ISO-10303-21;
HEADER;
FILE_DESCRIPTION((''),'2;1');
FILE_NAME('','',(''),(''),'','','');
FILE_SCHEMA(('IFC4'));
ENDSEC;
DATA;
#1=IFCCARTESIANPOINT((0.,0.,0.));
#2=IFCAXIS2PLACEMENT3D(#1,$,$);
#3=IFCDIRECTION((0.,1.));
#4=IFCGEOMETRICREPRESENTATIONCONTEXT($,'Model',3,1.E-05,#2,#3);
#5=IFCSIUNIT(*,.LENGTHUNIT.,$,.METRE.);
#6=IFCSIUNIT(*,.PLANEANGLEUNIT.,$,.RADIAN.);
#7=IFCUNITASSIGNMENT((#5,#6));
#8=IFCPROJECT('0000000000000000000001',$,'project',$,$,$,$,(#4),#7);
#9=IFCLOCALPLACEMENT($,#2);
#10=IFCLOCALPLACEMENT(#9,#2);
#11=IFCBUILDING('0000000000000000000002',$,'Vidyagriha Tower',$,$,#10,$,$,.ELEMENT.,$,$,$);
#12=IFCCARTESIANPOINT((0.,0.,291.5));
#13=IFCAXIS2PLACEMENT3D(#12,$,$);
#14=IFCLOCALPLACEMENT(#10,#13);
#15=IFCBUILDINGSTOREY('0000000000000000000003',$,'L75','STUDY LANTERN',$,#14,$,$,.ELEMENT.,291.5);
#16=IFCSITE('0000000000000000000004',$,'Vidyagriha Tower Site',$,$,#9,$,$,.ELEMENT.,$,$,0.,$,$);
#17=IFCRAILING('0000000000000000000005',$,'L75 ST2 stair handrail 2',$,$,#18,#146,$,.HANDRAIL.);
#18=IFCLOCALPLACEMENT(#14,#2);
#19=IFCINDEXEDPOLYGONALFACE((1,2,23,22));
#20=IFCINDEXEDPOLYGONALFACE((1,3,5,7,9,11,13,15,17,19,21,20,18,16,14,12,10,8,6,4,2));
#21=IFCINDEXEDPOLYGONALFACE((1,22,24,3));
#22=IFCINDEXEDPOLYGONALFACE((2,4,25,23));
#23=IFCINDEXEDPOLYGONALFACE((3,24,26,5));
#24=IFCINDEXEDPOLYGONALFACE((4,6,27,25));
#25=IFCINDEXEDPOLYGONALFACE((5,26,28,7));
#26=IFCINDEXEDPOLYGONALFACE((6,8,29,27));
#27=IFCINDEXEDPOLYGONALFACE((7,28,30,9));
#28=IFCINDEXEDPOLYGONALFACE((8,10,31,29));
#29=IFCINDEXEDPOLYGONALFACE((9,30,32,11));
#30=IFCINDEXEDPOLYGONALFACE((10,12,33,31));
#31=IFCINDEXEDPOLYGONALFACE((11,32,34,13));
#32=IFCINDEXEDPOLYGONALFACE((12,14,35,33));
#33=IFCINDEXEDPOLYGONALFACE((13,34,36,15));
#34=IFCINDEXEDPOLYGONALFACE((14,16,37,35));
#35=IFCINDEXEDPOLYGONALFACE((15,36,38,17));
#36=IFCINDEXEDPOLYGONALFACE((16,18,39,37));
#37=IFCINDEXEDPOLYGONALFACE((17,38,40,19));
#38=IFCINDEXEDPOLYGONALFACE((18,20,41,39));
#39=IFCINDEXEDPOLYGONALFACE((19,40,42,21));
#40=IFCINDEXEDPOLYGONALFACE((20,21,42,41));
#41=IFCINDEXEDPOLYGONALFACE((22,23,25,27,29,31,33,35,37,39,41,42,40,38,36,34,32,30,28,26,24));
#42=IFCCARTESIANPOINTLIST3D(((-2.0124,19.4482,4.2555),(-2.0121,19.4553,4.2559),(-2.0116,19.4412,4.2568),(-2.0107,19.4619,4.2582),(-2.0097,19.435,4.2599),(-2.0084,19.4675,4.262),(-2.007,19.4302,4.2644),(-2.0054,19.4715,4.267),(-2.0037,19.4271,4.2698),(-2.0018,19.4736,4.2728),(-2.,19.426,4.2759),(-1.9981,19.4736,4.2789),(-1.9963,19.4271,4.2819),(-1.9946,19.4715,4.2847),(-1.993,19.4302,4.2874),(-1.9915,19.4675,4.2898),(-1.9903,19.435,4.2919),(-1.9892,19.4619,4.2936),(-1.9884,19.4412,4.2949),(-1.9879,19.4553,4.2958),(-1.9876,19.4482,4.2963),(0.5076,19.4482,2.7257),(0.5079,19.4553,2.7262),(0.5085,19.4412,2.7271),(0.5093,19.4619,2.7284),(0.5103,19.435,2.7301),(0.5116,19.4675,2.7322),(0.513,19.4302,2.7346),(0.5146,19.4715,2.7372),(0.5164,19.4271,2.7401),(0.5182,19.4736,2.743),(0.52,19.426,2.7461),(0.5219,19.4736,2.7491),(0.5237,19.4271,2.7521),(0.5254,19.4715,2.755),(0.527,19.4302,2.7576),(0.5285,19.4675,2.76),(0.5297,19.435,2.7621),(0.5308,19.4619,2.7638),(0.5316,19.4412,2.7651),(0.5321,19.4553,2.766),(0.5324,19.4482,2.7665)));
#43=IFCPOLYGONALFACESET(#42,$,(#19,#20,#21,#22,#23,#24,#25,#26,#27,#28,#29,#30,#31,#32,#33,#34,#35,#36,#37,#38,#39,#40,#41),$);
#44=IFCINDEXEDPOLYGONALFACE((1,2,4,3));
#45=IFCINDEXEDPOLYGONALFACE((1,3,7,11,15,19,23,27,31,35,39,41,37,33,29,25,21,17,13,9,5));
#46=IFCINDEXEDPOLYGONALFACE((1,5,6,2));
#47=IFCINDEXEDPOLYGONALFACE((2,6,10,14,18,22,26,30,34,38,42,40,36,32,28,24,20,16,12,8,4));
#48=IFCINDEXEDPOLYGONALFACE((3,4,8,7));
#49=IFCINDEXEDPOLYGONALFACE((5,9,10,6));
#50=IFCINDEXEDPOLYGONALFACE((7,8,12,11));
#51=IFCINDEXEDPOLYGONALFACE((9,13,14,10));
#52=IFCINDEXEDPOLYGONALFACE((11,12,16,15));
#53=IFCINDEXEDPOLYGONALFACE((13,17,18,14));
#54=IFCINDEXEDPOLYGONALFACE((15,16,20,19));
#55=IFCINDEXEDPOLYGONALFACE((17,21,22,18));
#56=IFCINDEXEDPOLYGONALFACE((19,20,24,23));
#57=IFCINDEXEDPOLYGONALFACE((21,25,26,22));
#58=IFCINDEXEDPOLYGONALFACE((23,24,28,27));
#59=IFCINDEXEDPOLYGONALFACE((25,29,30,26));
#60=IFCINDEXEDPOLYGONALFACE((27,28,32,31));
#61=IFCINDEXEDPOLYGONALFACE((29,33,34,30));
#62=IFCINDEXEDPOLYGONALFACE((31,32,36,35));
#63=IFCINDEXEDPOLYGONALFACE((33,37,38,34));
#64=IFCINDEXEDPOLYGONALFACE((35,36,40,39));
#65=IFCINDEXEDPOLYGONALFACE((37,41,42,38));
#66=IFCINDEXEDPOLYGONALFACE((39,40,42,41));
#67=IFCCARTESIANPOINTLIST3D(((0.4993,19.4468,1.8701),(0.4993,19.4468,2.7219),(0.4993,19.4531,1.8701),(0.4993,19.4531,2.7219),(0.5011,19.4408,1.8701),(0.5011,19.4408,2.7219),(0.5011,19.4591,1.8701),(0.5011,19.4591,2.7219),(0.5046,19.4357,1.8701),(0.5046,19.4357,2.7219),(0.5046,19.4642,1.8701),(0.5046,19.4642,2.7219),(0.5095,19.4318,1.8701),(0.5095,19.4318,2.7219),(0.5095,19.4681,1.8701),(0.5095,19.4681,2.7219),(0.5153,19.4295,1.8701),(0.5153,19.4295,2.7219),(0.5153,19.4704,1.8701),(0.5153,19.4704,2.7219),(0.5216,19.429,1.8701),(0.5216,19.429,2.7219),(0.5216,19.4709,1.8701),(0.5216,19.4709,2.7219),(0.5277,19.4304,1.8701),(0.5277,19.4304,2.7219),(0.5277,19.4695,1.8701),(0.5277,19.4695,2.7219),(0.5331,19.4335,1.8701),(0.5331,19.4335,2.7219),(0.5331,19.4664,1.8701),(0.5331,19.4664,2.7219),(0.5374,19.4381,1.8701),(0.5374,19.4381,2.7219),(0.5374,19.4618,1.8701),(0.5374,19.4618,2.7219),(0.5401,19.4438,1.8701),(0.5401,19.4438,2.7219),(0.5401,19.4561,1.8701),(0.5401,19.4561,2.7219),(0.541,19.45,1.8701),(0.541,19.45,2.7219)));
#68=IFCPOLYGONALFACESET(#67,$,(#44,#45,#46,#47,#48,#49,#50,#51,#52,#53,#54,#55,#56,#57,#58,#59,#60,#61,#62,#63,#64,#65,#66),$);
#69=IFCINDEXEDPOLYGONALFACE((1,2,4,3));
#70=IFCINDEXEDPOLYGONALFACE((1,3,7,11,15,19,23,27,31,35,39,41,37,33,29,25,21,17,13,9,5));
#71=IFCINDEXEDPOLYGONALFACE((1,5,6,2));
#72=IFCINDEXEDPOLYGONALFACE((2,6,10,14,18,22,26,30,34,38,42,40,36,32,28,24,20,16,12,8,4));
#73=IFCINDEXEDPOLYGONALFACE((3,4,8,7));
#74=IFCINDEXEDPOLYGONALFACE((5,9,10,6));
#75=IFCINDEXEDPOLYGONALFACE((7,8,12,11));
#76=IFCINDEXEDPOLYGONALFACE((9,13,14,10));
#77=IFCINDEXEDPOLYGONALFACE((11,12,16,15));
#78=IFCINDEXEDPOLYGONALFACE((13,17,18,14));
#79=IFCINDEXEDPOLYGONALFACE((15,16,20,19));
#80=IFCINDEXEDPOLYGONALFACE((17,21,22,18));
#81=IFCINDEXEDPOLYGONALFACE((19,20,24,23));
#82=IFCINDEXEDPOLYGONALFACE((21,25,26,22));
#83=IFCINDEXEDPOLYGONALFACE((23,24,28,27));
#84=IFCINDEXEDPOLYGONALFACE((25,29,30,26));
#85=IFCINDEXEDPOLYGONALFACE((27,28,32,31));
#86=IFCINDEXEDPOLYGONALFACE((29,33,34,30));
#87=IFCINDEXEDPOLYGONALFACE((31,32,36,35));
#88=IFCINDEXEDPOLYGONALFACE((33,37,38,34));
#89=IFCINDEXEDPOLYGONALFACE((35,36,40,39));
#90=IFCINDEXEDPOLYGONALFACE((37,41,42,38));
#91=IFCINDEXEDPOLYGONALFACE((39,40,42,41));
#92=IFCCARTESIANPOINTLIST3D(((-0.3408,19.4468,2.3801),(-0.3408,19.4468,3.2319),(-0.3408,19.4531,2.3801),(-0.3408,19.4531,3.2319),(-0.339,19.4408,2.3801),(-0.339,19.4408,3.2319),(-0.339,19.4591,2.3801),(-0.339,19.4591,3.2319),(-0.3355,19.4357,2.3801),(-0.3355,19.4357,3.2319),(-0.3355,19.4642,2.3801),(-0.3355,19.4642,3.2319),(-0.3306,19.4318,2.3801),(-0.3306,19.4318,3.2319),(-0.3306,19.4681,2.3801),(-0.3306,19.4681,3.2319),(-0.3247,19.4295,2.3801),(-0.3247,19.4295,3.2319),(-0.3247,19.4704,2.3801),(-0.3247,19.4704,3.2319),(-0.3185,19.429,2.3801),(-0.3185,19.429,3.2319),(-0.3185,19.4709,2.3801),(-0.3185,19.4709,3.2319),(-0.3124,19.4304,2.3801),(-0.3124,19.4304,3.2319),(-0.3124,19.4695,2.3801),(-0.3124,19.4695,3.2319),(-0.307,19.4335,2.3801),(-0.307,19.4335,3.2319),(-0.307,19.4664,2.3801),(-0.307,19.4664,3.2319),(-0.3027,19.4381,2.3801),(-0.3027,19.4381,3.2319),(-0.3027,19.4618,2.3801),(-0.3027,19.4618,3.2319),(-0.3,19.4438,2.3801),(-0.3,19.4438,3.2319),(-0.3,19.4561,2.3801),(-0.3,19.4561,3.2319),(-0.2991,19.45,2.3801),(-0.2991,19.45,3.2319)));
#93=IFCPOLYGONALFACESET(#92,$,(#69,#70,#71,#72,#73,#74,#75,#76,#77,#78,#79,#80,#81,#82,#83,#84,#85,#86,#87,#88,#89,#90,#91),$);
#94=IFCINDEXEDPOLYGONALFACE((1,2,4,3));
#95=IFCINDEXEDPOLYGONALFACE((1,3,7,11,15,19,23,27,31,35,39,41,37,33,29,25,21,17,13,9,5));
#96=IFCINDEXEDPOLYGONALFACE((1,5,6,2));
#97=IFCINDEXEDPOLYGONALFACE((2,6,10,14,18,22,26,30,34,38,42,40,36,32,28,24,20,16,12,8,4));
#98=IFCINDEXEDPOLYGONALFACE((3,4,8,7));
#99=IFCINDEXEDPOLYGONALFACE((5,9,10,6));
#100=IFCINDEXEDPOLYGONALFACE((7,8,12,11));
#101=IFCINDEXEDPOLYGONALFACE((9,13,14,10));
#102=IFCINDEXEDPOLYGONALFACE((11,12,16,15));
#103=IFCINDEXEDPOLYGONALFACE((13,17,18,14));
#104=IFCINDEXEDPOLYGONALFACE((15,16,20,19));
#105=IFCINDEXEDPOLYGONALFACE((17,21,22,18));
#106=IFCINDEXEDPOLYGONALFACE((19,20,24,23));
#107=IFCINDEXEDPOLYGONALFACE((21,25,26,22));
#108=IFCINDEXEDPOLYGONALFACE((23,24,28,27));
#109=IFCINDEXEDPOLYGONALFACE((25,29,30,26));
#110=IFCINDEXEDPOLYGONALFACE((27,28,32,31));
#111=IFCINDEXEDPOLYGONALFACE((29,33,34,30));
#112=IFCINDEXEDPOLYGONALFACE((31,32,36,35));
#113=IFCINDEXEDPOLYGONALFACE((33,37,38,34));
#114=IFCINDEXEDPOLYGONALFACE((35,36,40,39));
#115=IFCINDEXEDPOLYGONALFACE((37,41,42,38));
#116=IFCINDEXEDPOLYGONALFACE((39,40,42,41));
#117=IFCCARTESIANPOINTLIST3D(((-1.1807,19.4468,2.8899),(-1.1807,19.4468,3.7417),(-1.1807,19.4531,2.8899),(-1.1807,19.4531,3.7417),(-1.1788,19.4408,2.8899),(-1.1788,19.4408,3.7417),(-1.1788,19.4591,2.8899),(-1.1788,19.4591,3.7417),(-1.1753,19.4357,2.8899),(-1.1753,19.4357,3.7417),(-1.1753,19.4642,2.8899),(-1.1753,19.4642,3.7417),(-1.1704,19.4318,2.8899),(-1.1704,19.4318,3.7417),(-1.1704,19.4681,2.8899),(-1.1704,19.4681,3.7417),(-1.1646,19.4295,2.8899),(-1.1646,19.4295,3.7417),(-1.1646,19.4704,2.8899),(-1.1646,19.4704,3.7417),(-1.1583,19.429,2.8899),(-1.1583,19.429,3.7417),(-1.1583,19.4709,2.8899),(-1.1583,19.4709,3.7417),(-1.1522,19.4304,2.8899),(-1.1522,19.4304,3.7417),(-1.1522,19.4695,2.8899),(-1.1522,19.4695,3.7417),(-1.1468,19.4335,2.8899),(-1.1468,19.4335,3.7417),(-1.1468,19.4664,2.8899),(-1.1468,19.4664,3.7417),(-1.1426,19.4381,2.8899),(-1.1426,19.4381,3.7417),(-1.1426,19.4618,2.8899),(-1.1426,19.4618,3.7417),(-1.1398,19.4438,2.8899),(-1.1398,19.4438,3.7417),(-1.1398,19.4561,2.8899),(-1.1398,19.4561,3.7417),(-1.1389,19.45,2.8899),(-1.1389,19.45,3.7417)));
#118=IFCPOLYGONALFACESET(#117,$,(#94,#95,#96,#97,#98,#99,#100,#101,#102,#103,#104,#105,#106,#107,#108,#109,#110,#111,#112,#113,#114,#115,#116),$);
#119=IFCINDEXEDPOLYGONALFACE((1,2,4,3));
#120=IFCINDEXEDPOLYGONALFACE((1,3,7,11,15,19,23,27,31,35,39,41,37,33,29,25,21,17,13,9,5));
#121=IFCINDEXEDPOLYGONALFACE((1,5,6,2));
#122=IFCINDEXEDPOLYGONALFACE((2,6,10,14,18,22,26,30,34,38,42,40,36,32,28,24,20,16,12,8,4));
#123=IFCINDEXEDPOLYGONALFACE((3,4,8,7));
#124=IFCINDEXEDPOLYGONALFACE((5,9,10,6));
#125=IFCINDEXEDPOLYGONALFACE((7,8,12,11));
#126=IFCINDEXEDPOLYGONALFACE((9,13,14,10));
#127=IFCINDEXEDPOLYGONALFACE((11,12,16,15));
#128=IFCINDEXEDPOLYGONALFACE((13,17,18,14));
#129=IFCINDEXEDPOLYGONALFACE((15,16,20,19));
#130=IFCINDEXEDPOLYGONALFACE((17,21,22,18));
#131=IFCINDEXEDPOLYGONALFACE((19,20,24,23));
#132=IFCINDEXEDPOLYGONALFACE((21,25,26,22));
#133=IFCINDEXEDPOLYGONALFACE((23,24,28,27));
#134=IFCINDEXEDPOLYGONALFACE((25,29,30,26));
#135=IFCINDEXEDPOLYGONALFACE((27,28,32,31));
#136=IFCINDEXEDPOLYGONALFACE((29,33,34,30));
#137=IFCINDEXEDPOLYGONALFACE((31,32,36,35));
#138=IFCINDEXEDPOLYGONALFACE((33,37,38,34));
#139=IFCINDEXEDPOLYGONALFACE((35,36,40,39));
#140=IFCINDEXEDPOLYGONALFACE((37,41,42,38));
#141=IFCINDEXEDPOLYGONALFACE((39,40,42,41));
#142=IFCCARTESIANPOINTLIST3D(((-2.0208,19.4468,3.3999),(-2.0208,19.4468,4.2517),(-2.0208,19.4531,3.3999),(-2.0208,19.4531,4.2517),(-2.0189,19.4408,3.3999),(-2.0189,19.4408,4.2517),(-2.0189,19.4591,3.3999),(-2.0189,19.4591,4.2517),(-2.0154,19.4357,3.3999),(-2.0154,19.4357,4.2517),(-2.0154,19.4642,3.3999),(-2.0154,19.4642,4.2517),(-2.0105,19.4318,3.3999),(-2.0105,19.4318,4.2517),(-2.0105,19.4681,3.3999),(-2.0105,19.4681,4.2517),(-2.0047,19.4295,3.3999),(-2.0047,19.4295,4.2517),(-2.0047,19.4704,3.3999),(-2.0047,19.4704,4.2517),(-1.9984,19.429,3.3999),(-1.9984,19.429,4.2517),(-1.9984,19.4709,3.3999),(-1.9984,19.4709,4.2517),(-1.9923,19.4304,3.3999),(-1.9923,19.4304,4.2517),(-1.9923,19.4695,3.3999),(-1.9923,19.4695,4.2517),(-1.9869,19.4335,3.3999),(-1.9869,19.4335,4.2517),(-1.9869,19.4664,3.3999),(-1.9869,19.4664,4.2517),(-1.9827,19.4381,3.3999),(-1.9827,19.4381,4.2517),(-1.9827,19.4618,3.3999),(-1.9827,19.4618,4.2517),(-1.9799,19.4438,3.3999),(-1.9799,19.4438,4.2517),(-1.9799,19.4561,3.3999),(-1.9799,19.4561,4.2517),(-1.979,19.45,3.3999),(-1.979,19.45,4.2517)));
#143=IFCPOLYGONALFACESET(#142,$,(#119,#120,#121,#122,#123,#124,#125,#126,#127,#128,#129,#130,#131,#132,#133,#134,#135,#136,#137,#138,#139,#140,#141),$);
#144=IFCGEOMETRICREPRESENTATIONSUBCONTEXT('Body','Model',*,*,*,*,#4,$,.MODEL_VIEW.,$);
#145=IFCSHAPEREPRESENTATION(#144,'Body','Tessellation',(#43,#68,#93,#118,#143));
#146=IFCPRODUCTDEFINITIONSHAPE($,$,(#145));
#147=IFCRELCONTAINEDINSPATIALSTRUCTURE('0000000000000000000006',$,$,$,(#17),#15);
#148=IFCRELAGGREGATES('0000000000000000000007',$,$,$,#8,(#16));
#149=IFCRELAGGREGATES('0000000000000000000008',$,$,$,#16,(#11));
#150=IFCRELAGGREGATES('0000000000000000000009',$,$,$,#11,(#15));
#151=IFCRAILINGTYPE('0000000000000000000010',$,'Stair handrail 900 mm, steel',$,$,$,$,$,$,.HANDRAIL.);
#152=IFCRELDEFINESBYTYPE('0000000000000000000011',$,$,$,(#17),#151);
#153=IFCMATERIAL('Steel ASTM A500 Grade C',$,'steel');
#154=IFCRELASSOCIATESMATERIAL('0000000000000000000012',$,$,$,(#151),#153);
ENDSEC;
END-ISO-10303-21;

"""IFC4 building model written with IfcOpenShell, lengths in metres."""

from ifc_helpers import new_model, si_unit, direction, frame, origin, origin_2d, place, context, subcontext, project, spatial, circle, extrude, material, type_object, element, save


model = new_model("IFC4")

# Units and contexts
model_context = context("Model", 3, precision=1e-05, world=origin(), true_north=direction((0.0, 1.0)))
body_context = subcontext(model_context, "Body", "Model", "MODEL_VIEW")
ifc_project = project(units=[si_unit("LENGTHUNIT", "METRE"), si_unit("PLANEANGLEUNIT", "RADIAN")], contexts=[model_context])

# Site, building, storey
site_placement = place(None, origin())
site = spatial("IfcSite", under=ifc_project, at=site_placement, Name="Vidyagriha Tower Site", CompositionType="ELEMENT", RefElevation=0.0)
building_placement = place(site_placement, origin())
building = spatial("IfcBuilding", under=site, at=building_placement, Name="Vidyagriha Tower", CompositionType="ELEMENT")
storey_placement = place(building_placement, frame((0.0, 0.0, 291.5)))
storey = spatial("IfcBuildingStorey", under=building, at=storey_placement, Name="L75", Description="STUDY LANTERN", CompositionType="ELEMENT", Elevation=291.5)

# Railing
ifc_material_1 = material(Name="Steel ASTM A500 Grade C", Category="steel")
railing_type_1 = type_object("IfcRailingType", Name="Stair handrail 900 mm, steel", PredefinedType="HANDRAIL", material=ifc_material_1)
railing_1_placement = place(storey_placement, frame((0.52, 19.45, 1.8701)))
element("IfcRailing", 1, at=railing_1_placement, inside=storey, type_object=railing_type_1, Name="L75 ST2 stair handrail 2", PredefinedType="HANDRAIL", context=body_context, shape_type="SweptSolid", body=[
    extrude(circle(Radius=0.0239, at=origin_2d()), frame((0.0, 0.0, 0.876), z_axis=(-0.854822, 0.0, 0.518922), x_axis=(0.0, -1.0, 0.0)), (0.0, 0.0, 1.0), 2.948),
    extrude(circle(Radius=0.021, at=origin_2d()), origin(), (0.0, 0.0, 1.0), 0.8518),
    extrude(circle(Radius=0.021, at=origin_2d()), frame((-0.8401, 0.0, 0.51)), (0.0, 0.0, 1.0), 0.8518),
    extrude(circle(Radius=0.021, at=origin_2d()), frame((-1.6799, 0.0, 1.0198)), (0.0, 0.0, 1.0), 0.8518),
    extrude(circle(Radius=0.021, at=origin_2d()), frame((-2.52, 0.0, 1.5298)), (0.0, 0.0, 1.0), 0.8518),
])

save(model, "model.ifc")
